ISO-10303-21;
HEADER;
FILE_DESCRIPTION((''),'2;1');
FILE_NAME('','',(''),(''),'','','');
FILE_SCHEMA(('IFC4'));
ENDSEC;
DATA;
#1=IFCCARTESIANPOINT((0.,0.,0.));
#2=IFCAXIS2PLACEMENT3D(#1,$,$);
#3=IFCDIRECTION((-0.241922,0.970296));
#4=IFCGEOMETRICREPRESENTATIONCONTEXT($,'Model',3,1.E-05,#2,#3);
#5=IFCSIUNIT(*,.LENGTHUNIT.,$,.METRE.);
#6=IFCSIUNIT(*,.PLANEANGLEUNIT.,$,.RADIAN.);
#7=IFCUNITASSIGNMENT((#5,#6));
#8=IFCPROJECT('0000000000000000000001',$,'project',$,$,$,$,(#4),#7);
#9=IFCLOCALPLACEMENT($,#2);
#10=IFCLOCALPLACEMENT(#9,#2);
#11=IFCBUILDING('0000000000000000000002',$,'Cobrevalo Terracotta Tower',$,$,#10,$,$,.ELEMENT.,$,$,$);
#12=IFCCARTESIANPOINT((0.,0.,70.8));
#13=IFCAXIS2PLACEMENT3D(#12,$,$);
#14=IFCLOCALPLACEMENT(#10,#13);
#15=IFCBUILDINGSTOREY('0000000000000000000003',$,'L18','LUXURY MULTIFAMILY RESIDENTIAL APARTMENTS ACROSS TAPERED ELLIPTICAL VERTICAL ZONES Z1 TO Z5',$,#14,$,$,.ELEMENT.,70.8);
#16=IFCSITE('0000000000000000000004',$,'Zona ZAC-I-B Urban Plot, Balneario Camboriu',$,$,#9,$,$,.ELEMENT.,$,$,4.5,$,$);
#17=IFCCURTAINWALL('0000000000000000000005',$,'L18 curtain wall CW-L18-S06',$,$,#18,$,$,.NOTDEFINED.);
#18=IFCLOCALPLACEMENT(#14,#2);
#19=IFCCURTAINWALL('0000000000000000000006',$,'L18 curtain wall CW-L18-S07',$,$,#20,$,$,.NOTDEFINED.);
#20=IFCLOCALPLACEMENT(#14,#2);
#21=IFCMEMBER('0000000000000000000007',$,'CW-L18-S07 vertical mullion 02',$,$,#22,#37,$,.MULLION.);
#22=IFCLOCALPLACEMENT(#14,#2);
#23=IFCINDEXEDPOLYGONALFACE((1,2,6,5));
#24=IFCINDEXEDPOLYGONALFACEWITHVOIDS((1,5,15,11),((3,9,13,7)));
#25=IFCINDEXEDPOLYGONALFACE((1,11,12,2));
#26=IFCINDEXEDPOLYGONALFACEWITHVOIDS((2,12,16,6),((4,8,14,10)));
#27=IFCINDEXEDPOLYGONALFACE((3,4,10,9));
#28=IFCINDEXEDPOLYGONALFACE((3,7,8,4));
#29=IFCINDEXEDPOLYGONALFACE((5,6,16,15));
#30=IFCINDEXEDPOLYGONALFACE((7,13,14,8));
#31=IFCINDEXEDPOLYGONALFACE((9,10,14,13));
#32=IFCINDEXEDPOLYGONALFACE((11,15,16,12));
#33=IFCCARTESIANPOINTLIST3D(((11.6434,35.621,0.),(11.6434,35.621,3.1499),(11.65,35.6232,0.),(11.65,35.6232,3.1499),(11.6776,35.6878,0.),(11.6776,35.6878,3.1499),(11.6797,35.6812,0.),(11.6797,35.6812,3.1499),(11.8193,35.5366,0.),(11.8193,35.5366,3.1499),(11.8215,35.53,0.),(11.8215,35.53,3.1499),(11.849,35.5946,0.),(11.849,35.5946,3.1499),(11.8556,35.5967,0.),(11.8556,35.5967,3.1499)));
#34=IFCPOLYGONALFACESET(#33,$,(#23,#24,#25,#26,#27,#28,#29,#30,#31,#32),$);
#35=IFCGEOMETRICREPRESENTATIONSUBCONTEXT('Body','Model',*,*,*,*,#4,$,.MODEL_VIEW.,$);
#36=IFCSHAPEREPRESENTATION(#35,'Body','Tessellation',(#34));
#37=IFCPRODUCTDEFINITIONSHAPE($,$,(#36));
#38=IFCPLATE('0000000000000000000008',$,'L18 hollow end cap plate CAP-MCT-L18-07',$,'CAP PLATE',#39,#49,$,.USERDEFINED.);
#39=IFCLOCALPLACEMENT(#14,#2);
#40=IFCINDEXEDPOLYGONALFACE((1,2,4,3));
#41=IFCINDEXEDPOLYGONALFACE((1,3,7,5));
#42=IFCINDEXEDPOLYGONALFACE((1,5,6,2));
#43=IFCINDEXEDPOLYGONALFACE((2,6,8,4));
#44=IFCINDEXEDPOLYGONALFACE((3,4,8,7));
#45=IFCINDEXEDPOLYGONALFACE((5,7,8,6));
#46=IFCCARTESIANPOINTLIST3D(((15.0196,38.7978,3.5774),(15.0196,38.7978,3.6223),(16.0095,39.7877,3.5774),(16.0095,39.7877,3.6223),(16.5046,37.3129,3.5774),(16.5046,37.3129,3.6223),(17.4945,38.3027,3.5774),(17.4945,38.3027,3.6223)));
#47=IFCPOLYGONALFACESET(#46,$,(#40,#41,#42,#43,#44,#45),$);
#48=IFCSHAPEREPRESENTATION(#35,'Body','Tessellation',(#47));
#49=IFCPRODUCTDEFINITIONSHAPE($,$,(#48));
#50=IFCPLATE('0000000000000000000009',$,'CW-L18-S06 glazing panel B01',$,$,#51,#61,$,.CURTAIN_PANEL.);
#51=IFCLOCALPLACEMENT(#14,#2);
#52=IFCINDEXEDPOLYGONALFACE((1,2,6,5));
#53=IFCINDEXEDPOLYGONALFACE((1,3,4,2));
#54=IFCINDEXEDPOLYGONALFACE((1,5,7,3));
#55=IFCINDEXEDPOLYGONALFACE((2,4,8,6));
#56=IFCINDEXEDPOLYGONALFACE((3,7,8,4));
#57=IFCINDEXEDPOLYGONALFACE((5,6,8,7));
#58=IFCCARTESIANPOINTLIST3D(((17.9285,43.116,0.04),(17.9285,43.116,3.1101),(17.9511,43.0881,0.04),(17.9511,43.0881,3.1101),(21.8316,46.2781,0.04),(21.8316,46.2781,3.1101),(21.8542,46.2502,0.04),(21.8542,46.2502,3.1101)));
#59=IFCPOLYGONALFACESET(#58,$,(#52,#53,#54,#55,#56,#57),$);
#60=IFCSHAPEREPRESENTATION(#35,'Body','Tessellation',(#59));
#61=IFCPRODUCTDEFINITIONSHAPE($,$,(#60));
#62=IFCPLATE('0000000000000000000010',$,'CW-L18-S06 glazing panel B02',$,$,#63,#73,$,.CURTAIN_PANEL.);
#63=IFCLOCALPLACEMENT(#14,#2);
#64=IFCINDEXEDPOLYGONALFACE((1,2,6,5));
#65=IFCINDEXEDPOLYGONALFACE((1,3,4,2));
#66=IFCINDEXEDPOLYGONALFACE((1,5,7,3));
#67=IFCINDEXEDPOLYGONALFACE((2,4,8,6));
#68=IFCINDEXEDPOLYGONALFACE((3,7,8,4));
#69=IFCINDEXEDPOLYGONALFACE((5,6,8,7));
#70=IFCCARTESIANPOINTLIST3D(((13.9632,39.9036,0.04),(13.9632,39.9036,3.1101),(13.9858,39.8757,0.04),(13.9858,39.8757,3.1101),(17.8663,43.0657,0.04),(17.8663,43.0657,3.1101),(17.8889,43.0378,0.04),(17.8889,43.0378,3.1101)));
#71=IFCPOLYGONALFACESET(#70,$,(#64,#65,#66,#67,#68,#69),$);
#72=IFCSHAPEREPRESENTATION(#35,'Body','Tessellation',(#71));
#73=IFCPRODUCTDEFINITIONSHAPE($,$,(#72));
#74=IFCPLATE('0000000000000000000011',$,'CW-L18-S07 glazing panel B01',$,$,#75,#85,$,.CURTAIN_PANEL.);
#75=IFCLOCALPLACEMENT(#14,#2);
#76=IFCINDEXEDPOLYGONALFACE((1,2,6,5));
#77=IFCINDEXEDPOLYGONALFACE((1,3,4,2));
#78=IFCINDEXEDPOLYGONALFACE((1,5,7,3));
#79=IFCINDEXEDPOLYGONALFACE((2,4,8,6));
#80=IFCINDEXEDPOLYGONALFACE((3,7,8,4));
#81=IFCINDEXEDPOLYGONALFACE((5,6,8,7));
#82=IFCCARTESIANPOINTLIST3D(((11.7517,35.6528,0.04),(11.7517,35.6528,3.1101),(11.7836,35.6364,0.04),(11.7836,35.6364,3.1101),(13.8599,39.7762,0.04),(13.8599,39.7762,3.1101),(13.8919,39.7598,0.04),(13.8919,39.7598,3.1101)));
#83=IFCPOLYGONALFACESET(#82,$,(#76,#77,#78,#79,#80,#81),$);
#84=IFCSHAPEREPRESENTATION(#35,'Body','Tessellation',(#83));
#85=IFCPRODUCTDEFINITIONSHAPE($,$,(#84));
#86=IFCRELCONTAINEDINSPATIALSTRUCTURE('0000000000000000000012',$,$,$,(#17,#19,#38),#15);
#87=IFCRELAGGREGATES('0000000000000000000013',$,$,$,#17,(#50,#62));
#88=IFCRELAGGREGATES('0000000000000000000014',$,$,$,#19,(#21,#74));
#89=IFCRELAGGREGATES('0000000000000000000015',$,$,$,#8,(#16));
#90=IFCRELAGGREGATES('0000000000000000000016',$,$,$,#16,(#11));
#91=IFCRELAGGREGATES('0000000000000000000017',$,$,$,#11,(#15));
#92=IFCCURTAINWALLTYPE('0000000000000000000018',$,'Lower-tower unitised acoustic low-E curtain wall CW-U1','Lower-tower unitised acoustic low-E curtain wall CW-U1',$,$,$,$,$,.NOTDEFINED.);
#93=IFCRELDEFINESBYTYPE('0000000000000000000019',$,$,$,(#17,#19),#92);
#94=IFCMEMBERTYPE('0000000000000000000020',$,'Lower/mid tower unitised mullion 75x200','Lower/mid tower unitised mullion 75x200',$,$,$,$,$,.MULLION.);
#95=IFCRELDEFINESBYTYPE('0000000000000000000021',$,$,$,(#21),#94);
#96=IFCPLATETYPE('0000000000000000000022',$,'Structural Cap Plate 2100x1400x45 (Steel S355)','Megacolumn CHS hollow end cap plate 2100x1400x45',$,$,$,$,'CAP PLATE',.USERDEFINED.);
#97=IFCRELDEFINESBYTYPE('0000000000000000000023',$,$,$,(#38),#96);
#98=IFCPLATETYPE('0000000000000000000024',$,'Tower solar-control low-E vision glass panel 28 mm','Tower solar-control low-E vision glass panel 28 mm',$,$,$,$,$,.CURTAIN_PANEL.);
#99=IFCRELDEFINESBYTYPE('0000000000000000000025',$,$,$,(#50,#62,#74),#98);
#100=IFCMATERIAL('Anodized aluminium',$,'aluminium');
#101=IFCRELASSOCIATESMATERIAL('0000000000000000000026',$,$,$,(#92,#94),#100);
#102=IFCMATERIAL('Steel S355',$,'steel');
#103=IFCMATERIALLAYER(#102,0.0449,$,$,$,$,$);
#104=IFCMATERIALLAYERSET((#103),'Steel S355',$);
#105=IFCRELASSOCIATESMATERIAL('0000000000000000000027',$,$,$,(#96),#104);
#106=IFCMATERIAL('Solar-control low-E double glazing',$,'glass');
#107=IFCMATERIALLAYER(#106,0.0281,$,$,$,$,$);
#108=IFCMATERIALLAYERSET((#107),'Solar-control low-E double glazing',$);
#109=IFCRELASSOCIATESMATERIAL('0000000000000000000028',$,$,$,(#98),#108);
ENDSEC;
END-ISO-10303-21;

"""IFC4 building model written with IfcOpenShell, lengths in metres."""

from ifc_helpers import new_model, si_unit, direction, frame, origin, origin_2d, place, context, subcontext, project, spatial, rectangle, hollow_rectangle, extrude, source, transform, mapped, material, layer, layer_set, material_profile, profile_set, type_object, element, aggregate, save


model = new_model("IFC4")

# Units and contexts
model_context = context("Model", 3, precision=1e-05, world=origin(), true_north=direction((-0.241922, 0.970296)))
body_context = subcontext(model_context, "Body", "Model", "MODEL_VIEW")
ifc_project = project(units=[si_unit("LENGTHUNIT", "METRE"), si_unit("PLANEANGLEUNIT", "RADIAN")], contexts=[model_context])

# Site, building, storey
site_placement = place(None, origin())
site = spatial("IfcSite", under=ifc_project, at=site_placement, Name="Zona ZAC-I-B Urban Plot, Balneario Camboriu", CompositionType="ELEMENT", RefElevation=4.5)
building_placement = place(site_placement, origin())
building = spatial("IfcBuilding", under=site, at=building_placement, Name="Cobrevalo Terracotta Tower", CompositionType="ELEMENT")
storey_placement = place(building_placement, frame((0.0, 0.0, 70.8)))
storey = spatial("IfcBuildingStorey", under=building, at=storey_placement, Name="L18", Description="LUXURY MULTIFAMILY RESIDENTIAL APARTMENTS ACROSS TAPERED ELLIPTICAL VERTICAL ZONES Z1 TO Z5", CompositionType="ELEMENT", Elevation=70.8)

# Shared definitions
ifc_material_1 = material(Name="Steel S355", Category="steel")

# Curtain walls
ifc_material_2 = material(Name="Anodized aluminium", Category="aluminium")
curtain_wall_type = type_object("IfcCurtainWallType", Name="Lower-tower unitised acoustic low-E curtain wall CW-U1", Description="Lower-tower unitised acoustic low-E curtain wall CW-U1", PredefinedType="NOTDEFINED", material=ifc_material_2)
curtain_wall_1_placement = place(storey_placement, origin())
curtain_wall_1 = element("IfcCurtainWall", 1, at=curtain_wall_1_placement, inside=storey, type_object=curtain_wall_type, Name="L18 curtain wall CW-L18-S06", PredefinedType="NOTDEFINED")
curtain_wall_2_placement = place(storey_placement, origin())
curtain_wall_2 = element("IfcCurtainWall", 2, at=curtain_wall_2_placement, inside=storey, type_object=curtain_wall_type, Name="L18 curtain wall CW-L18-S07", PredefinedType="NOTDEFINED")

# Member
ifc_material_profile_1 = material_profile(ifc_material_2, hollow_rectangle(XDim=0.075, YDim=0.2, WallThickness=0.0049, at=origin_2d()), Name="CWM 75x200")
ifc_profile_set_1 = profile_set([ifc_material_profile_1], Name="Anodized aluminium")
member_type_1 = type_object("IfcMemberType", Name="Lower/mid tower unitised mullion 75x200", Description="Lower/mid tower unitised mullion 75x200", PredefinedType="MULLION", material=ifc_profile_set_1)
shared_shape_1 = source(origin(), body_context, "Body", "SweptSolid", [
    extrude(hollow_rectangle(XDim=0.075, YDim=0.2, WallThickness=0.0049, at=origin_2d()), origin(), (0.0, 0.0, 1.0), 3.1499),
])
member_1_placement = place(storey_placement, frame((11.7495, 35.6089, 0.0), z_axis=(0.0, 0.0, 1.0), x_axis=(-0.455234, -0.890372, 0.0)))
member_1 = element("IfcMember", 3, at=member_1_placement, type_object=member_type_1, Name="CW-L18-S07 vertical mullion 02", PredefinedType="MULLION", context=body_context, shape_type="MappedRepresentation", body=[
    mapped(shared_shape_1, transform((0.0, 0.0, 0.0), scale=1.0)),
])

# Plates
ifc_layer_1 = layer(ifc_material_1, 0.0449)
ifc_layer_set_1 = layer_set([ifc_layer_1], Name="Steel S355")
plate_type_1 = type_object("IfcPlateType", Name="Structural Cap Plate 2100x1400x45 (Steel S355)", Description="Megacolumn CHS hollow end cap plate 2100x1400x45", ElementType="CAP PLATE", PredefinedType="USERDEFINED", material=ifc_layer_set_1)
shared_shape_2 = source(origin(), body_context, "Body", "SweptSolid", [
    extrude(rectangle(XDim=2.1001, YDim=1.3999, at=origin_2d()), origin(), (0.0, 0.0, 1.0), 0.0449),
])
plate_1_placement = place(storey_placement, frame((16.2571, 38.5503, 3.5774), z_axis=(0.0, 0.0, 1.0), x_axis=(-0.707107, 0.707107, 0.0)))
element("IfcPlate", 4, at=plate_1_placement, inside=storey, type_object=plate_type_1, Name="L18 hollow end cap plate CAP-MCT-L18-07", ObjectType="CAP PLATE", PredefinedType="USERDEFINED", context=body_context, shape_type="MappedRepresentation", body=[
    mapped(shared_shape_2, transform((0.0, 0.0, 0.0), scale=1.0)),
])
ifc_material_3 = material(Name="Solar-control low-E double glazing", Category="glass")
ifc_layer_2 = layer(ifc_material_3, 0.0281)
ifc_layer_set_2 = layer_set([ifc_layer_2], Name="Solar-control low-E double glazing")
plate_type_2 = type_object("IfcPlateType", Name="Tower solar-control low-E vision glass panel 28 mm", Description="Tower solar-control low-E vision glass panel 28 mm", PredefinedType="CURTAIN_PANEL", material=ifc_layer_set_2)
shared_shape_3 = source(origin(), body_context, "Body", "SweptSolid", [
    extrude(rectangle(XDim=5.0232, YDim=0.0359, at=origin_2d()), origin(), (0.0, 0.0, 1.0), 3.0701),
])
plate_2_placement = place(storey_placement, frame((19.8914, 44.6831, 0.04), z_axis=(0.0, 0.0, 1.0), x_axis=(-0.777008, -0.629491, 0.0)))
plate_2 = element("IfcPlate", 5, at=plate_2_placement, type_object=plate_type_2, Name="CW-L18-S06 glazing panel B01", PredefinedType="CURTAIN_PANEL", context=body_context, shape_type="MappedRepresentation", body=[
    mapped(shared_shape_3, transform((0.0, 0.0, 0.0), scale=1.0)),
])
plate_3_placement = place(storey_placement, frame((15.926, 41.4707, 0.04), z_axis=(0.0, 0.0, 1.0), x_axis=(-0.777008, -0.629491, 0.0)))
plate_3 = element("IfcPlate", 6, at=plate_3_placement, type_object=plate_type_2, Name="CW-L18-S06 glazing panel B02", PredefinedType="CURTAIN_PANEL", context=body_context, shape_type="MappedRepresentation", body=[
    mapped(shared_shape_3, transform((0.0, 0.0, 0.0), scale=1.0)),
])
aggregate(curtain_wall_1, [plate_2, plate_3])
shared_shape_4 = source(origin(), body_context, "Body", "SweptSolid", [
    extrude(rectangle(XDim=4.6311, YDim=0.0359, at=origin_2d()), origin(), (0.0, 0.0, 1.0), 3.0701),
])
plate_4_placement = place(storey_placement, frame((12.8218, 37.7063, 0.04), z_axis=(0.0, 0.0, 1.0), x_axis=(-0.455231, -0.890373, 0.0)))
plate_4 = element("IfcPlate", 7, at=plate_4_placement, type_object=plate_type_2, Name="CW-L18-S07 glazing panel B01", PredefinedType="CURTAIN_PANEL", context=body_context, shape_type="MappedRepresentation", body=[
    mapped(shared_shape_4, transform((0.0, 0.0, 0.0), scale=1.0)),
])
aggregate(curtain_wall_2, [member_1, plate_4])

save(model, "model.ifc")
